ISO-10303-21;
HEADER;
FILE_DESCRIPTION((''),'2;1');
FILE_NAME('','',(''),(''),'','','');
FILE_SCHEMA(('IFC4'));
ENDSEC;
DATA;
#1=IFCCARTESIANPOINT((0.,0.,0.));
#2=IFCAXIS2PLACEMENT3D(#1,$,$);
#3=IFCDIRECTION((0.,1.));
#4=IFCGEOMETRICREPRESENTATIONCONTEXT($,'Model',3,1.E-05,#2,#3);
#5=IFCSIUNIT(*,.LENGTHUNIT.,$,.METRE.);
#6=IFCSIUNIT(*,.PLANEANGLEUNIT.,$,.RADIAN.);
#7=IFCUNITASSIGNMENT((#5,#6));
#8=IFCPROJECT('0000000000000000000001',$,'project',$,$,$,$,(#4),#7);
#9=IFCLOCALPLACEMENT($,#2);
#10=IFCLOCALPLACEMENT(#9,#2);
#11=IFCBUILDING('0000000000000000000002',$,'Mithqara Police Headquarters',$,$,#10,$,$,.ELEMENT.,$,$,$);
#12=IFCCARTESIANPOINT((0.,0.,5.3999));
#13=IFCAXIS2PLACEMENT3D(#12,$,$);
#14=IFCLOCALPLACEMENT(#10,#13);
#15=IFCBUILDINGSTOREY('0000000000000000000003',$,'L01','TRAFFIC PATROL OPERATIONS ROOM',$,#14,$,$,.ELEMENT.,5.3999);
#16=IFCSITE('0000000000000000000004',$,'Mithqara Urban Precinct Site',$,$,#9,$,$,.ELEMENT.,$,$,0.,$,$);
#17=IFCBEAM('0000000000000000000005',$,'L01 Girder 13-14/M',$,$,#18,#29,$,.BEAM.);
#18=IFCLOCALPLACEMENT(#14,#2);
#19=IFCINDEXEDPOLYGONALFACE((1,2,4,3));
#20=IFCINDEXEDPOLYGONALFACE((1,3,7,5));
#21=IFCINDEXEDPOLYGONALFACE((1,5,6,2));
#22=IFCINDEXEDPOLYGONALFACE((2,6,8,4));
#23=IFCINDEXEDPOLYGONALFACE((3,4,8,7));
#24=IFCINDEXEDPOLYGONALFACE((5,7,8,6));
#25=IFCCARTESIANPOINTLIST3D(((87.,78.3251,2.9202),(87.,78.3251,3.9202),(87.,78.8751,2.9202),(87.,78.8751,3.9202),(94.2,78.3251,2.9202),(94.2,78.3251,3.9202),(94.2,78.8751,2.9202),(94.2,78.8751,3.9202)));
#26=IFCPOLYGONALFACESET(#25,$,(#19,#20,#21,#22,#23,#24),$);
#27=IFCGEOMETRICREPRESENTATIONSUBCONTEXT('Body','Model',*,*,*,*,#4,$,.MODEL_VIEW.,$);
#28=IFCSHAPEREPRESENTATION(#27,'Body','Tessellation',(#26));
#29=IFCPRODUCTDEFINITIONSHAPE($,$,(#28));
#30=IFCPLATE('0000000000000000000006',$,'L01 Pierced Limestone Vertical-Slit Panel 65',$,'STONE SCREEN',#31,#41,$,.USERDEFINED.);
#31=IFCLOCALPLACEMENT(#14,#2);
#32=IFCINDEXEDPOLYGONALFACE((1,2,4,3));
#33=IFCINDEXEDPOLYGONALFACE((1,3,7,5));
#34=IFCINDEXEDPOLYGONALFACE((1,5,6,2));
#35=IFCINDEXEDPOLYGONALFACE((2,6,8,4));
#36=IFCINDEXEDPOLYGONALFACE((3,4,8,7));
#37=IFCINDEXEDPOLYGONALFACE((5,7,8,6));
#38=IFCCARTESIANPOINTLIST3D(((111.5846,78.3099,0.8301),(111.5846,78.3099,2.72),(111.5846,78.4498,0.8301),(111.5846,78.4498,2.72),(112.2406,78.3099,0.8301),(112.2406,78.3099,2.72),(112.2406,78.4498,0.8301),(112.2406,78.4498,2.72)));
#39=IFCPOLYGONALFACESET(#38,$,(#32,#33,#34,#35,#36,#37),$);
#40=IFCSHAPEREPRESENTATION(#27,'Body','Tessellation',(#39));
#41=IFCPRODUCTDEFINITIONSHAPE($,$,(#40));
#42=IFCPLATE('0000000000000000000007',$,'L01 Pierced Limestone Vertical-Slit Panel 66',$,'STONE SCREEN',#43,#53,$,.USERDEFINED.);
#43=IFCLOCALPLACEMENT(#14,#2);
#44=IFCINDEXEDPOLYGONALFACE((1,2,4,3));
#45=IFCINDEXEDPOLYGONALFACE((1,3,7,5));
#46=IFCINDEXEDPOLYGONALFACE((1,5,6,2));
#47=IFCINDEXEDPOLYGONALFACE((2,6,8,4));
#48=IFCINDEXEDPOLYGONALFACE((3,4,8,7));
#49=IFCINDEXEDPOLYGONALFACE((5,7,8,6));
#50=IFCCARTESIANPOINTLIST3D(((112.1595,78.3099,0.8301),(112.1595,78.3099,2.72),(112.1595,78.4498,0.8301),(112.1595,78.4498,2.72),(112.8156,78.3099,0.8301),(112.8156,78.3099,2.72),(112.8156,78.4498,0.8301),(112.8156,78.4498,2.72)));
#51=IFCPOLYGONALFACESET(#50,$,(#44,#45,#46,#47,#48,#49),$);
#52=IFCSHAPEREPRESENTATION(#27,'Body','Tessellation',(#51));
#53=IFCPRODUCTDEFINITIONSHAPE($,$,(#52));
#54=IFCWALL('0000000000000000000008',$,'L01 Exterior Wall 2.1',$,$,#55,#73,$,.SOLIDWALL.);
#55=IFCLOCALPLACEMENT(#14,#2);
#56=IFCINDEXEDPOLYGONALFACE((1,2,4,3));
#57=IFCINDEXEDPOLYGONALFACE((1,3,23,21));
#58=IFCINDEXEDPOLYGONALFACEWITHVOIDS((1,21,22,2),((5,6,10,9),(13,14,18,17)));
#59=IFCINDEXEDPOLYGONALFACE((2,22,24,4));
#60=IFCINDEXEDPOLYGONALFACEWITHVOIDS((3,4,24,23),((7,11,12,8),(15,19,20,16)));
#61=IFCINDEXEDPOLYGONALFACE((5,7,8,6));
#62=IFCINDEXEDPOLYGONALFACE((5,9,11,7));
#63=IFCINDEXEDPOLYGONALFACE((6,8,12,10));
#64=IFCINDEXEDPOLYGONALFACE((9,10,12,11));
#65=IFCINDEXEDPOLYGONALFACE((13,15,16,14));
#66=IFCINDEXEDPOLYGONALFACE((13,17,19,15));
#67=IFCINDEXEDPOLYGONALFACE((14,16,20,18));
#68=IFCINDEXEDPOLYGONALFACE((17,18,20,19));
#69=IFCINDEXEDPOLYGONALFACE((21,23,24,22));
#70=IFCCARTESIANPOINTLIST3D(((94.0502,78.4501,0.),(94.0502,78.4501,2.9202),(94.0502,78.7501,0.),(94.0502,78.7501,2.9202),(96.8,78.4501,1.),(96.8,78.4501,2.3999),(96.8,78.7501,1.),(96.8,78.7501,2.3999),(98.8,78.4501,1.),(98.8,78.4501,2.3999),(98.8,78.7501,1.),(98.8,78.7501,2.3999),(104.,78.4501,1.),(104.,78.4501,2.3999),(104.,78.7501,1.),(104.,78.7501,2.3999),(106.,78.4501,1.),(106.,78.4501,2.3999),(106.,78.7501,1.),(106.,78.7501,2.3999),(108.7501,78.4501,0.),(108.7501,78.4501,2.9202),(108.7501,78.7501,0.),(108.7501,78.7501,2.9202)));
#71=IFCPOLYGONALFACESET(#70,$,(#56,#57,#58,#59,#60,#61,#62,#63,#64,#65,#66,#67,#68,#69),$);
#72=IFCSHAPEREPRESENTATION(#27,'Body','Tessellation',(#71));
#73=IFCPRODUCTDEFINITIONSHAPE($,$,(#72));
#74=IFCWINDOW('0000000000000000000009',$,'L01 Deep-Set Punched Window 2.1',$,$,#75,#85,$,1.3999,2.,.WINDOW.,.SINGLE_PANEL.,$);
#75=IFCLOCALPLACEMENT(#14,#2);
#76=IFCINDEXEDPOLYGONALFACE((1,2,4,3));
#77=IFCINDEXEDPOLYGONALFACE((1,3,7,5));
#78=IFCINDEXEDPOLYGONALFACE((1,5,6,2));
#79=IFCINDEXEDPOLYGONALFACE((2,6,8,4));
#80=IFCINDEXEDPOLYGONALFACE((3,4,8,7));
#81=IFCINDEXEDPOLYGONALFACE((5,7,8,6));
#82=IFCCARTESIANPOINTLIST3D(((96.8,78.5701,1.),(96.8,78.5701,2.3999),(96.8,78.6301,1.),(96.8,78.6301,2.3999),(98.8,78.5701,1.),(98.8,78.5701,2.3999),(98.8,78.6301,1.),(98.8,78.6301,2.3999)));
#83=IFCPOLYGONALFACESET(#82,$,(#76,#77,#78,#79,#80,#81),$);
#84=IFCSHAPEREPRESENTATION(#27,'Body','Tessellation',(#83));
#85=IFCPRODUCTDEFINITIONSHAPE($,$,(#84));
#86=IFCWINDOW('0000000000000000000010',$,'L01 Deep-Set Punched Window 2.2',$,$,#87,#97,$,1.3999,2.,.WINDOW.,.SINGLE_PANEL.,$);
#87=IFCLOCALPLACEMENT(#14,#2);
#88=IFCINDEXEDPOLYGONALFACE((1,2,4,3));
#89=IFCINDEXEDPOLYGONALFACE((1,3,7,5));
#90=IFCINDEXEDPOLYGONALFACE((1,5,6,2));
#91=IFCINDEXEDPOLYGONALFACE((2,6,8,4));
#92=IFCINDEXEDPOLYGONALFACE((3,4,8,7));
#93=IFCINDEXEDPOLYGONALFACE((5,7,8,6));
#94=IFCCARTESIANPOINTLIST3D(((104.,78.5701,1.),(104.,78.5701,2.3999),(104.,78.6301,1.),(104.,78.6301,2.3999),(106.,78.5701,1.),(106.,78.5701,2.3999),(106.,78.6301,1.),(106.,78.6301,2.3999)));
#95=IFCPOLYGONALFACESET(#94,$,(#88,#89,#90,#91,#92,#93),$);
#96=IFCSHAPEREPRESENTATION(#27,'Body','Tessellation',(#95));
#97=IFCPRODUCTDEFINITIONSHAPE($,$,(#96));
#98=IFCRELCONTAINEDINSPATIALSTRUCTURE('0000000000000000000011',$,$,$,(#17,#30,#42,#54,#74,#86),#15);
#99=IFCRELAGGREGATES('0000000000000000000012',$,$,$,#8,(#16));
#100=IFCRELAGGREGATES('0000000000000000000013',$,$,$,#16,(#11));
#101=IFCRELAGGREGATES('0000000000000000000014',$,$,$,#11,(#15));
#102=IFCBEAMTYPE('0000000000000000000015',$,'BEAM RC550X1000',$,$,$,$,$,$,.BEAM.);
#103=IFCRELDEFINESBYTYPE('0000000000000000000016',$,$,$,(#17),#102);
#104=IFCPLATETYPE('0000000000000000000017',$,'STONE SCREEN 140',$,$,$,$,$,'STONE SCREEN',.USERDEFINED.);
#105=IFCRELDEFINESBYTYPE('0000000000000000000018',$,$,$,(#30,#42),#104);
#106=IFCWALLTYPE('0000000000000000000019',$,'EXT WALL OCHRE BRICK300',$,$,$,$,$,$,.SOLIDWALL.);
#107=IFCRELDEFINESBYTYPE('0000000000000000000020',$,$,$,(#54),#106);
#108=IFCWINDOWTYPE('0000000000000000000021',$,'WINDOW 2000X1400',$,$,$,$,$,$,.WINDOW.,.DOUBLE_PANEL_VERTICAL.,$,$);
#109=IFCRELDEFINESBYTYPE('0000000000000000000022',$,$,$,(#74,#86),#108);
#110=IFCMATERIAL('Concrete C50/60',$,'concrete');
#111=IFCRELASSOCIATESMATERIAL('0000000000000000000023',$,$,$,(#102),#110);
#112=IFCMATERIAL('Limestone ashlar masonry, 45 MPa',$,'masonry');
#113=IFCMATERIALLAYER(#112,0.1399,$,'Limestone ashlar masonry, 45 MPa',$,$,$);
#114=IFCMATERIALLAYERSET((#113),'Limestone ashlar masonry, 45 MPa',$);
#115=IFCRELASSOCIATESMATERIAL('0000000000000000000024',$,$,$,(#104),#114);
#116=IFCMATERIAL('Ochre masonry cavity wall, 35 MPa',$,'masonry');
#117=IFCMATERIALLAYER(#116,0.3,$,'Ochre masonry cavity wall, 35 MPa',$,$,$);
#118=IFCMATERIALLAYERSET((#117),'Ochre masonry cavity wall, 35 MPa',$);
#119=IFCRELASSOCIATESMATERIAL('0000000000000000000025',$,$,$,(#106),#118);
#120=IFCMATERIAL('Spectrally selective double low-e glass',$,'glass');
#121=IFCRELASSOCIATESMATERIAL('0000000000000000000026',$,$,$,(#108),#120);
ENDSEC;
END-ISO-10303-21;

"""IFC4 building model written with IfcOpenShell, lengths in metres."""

from ifc_helpers import new_model, si_unit, direction, frame, frame_2d, origin, origin_2d, place, context, subcontext, project, spatial, rectangle, extrude, material, layer, layer_set, material_profile, profile_set, type_object, element, fill, save


model = new_model("IFC4")

# Units and contexts
model_context = context("Model", 3, precision=1e-05, world=origin(), true_north=direction((0.0, 1.0)))
body_context = subcontext(model_context, "Body", "Model", "MODEL_VIEW")
ifc_project = project(units=[si_unit("LENGTHUNIT", "METRE"), si_unit("PLANEANGLEUNIT", "RADIAN")], contexts=[model_context])

# Site, building, storey
site_placement = place(None, origin())
site = spatial("IfcSite", under=ifc_project, at=site_placement, Name="Mithqara Urban Precinct Site", CompositionType="ELEMENT", RefElevation=0.0)
building_placement = place(site_placement, origin())
building = spatial("IfcBuilding", under=site, at=building_placement, Name="Mithqara Police Headquarters", CompositionType="ELEMENT")
storey_placement = place(building_placement, frame((0.0, 0.0, 5.3999)))
storey = spatial("IfcBuildingStorey", under=building, at=storey_placement, Name="L01", Description="TRAFFIC PATROL OPERATIONS ROOM", CompositionType="ELEMENT", Elevation=5.3999)

# Shared definitions
ifc_material_1 = material(Name="Concrete C50/60", Category="concrete")

# Beam
ifc_material_profile_1 = material_profile(ifc_material_1, rectangle(XDim=0.55, YDim=1.0, at=origin_2d()), Name="RC 550x1000")
ifc_profile_set_1 = profile_set([ifc_material_profile_1], Name="Concrete C50/60")
beam_type_1 = type_object("IfcBeamType", Name="BEAM RC550X1000", PredefinedType="BEAM", material=ifc_profile_set_1)
beam_1_placement = place(storey_placement, frame((87.0, 78.6001, 3.4202), z_axis=(1.0, 0.0, 0.0), x_axis=(0.0, 1.0, 0.0)))
element("IfcBeam", 1, at=beam_1_placement, inside=storey, type_object=beam_type_1, Name="L01 Girder 13-14/M", PredefinedType="BEAM", context=body_context, shape_type="SweptSolid", body=[
    extrude(rectangle(XDim=0.55, YDim=1.0, at=origin_2d()), origin(), (0.0, 0.0, 1.0), 7.2),
])

# Plates
ifc_material_2 = material(Name="Limestone ashlar masonry, 45 MPa", Category="masonry")
ifc_layer_1 = layer(ifc_material_2, 0.1399, Name="Limestone ashlar masonry, 45 MPa")
ifc_layer_set_1 = layer_set([ifc_layer_1], Name="Limestone ashlar masonry, 45 MPa")
plate_type = type_object("IfcPlateType", Name="STONE SCREEN 140", ElementType="STONE SCREEN", PredefinedType="USERDEFINED", material=ifc_layer_set_1)
for number, where, z_axis, x_axis, name in (
    (2, (111.9126, 78.3799, 0.8301), (0.0, 0.0, 1.0), (1.0, 0.0, 0.0), "L01 Pierced Limestone Vertical-Slit Panel 65"),
    (3, (112.4875, 78.3799, 0.8301), (0.0, 0.0, 1.0), (1.0, 0.0, 0.0), "L01 Pierced Limestone Vertical-Slit Panel 66"),
):
    element("IfcPlate", number, at=place(storey_placement, frame(where, z_axis=z_axis, x_axis=x_axis)), inside=storey, type_object=plate_type, Name=name, ObjectType="STONE SCREEN", PredefinedType="USERDEFINED", context=body_context, shape_type="SweptSolid", body=[
        extrude(rectangle(XDim=0.656, YDim=0.1399, at=origin_2d()), origin(), (0.0, 0.0, 1.0), 1.8899),
    ])

# Wall, openings, windows
ifc_material_3 = material(Name="Ochre masonry cavity wall, 35 MPa", Category="masonry")
ifc_layer_2 = layer(ifc_material_3, 0.3, Name="Ochre masonry cavity wall, 35 MPa")
ifc_layer_set_2 = layer_set([ifc_layer_2], Name="Ochre masonry cavity wall, 35 MPa")
wall_type_1 = type_object("IfcWallType", Name="EXT WALL OCHRE BRICK300", PredefinedType="SOLIDWALL", material=ifc_layer_set_2)
wall_1_placement = place(storey_placement, frame((94.05, 78.6001, 0.0), z_axis=(0.0, 0.0, 1.0), x_axis=(1.0, 0.0, 0.0)))
wall_1 = element("IfcWall", 4, at=wall_1_placement, inside=storey, type_object=wall_type_1, Name="L01 Exterior Wall 2.1", PredefinedType="SOLIDWALL", context=body_context, shape_type="SweptSolid", body=[
    extrude(rectangle(XDim=14.7, YDim=0.3, at=frame_2d((7.3501, 0.0))), origin(), (0.0, 0.0, 1.0), 2.9202),
])
opening_1_placement = place(wall_1_placement, frame((2.75, 0.0, 1.0)))
opening_1 = element("IfcOpeningElement", 5, at=opening_1_placement, cuts=wall_1, PredefinedType="OPENING", context=body_context, shape_type="SweptSolid", body=[
    extrude(rectangle(XDim=2.0, YDim=1.3999, at=frame_2d((1.0, 0.7))), frame((0.0, 0.1602, 0.0), z_axis=(0.0, -1.0, 0.0), x_axis=(1.0, 0.0, 0.0)), (0.0, 0.0, 1.0), 0.3201),
])
opening_2_placement = place(wall_1_placement, frame((9.95, 0.0, 1.0)))
opening_2 = element("IfcOpeningElement", 6, at=opening_2_placement, cuts=wall_1, PredefinedType="OPENING", context=body_context, shape_type="SweptSolid", body=[
    extrude(rectangle(XDim=2.0, YDim=1.3999, at=frame_2d((1.0, 0.7))), frame((0.0, 0.1602, 0.0), z_axis=(0.0, -1.0, 0.0), x_axis=(1.0, 0.0, 0.0)), (0.0, 0.0, 1.0), 0.3201),
])
ifc_material_4 = material(Name="Spectrally selective double low-e glass", Category="glass")
window_type_1 = type_object("IfcWindowType", Name="WINDOW 2000X1400", PartitioningType="DOUBLE_PANEL_VERTICAL", PredefinedType="WINDOW", material=ifc_material_4)
window_1_placement = place(opening_1_placement, origin())
window_1 = element("IfcWindow", 7, at=window_1_placement, inside=storey, type_object=window_type_1, Name="L01 Deep-Set Punched Window 2.1", OverallHeight=1.3999, OverallWidth=2.0, PartitioningType="SINGLE_PANEL", PredefinedType="WINDOW", context=body_context, shape_type="SweptSolid", body=[
    extrude(rectangle(XDim=2.0, YDim=1.3999, at=frame_2d((1.0, 0.7))), frame((0.0, 0.03, 0.0), z_axis=(0.0, -1.0, 0.0), x_axis=(1.0, 0.0, 0.0)), (0.0, 0.0, 1.0), 0.0601),
])
fill(opening_1, window_1)
window_2_placement = place(opening_2_placement, origin())
window_2 = element("IfcWindow", 8, at=window_2_placement, inside=storey, type_object=window_type_1, Name="L01 Deep-Set Punched Window 2.2", OverallHeight=1.3999, OverallWidth=2.0, PartitioningType="SINGLE_PANEL", PredefinedType="WINDOW", context=body_context, shape_type="SweptSolid", body=[
    extrude(rectangle(XDim=2.0, YDim=1.3999, at=frame_2d((1.0, 0.7))), frame((0.0, 0.03, 0.0), z_axis=(0.0, -1.0, 0.0), x_axis=(1.0, 0.0, 0.0)), (0.0, 0.0, 1.0), 0.0601),
])
fill(opening_2, window_2)

save(model, "model.ifc")
